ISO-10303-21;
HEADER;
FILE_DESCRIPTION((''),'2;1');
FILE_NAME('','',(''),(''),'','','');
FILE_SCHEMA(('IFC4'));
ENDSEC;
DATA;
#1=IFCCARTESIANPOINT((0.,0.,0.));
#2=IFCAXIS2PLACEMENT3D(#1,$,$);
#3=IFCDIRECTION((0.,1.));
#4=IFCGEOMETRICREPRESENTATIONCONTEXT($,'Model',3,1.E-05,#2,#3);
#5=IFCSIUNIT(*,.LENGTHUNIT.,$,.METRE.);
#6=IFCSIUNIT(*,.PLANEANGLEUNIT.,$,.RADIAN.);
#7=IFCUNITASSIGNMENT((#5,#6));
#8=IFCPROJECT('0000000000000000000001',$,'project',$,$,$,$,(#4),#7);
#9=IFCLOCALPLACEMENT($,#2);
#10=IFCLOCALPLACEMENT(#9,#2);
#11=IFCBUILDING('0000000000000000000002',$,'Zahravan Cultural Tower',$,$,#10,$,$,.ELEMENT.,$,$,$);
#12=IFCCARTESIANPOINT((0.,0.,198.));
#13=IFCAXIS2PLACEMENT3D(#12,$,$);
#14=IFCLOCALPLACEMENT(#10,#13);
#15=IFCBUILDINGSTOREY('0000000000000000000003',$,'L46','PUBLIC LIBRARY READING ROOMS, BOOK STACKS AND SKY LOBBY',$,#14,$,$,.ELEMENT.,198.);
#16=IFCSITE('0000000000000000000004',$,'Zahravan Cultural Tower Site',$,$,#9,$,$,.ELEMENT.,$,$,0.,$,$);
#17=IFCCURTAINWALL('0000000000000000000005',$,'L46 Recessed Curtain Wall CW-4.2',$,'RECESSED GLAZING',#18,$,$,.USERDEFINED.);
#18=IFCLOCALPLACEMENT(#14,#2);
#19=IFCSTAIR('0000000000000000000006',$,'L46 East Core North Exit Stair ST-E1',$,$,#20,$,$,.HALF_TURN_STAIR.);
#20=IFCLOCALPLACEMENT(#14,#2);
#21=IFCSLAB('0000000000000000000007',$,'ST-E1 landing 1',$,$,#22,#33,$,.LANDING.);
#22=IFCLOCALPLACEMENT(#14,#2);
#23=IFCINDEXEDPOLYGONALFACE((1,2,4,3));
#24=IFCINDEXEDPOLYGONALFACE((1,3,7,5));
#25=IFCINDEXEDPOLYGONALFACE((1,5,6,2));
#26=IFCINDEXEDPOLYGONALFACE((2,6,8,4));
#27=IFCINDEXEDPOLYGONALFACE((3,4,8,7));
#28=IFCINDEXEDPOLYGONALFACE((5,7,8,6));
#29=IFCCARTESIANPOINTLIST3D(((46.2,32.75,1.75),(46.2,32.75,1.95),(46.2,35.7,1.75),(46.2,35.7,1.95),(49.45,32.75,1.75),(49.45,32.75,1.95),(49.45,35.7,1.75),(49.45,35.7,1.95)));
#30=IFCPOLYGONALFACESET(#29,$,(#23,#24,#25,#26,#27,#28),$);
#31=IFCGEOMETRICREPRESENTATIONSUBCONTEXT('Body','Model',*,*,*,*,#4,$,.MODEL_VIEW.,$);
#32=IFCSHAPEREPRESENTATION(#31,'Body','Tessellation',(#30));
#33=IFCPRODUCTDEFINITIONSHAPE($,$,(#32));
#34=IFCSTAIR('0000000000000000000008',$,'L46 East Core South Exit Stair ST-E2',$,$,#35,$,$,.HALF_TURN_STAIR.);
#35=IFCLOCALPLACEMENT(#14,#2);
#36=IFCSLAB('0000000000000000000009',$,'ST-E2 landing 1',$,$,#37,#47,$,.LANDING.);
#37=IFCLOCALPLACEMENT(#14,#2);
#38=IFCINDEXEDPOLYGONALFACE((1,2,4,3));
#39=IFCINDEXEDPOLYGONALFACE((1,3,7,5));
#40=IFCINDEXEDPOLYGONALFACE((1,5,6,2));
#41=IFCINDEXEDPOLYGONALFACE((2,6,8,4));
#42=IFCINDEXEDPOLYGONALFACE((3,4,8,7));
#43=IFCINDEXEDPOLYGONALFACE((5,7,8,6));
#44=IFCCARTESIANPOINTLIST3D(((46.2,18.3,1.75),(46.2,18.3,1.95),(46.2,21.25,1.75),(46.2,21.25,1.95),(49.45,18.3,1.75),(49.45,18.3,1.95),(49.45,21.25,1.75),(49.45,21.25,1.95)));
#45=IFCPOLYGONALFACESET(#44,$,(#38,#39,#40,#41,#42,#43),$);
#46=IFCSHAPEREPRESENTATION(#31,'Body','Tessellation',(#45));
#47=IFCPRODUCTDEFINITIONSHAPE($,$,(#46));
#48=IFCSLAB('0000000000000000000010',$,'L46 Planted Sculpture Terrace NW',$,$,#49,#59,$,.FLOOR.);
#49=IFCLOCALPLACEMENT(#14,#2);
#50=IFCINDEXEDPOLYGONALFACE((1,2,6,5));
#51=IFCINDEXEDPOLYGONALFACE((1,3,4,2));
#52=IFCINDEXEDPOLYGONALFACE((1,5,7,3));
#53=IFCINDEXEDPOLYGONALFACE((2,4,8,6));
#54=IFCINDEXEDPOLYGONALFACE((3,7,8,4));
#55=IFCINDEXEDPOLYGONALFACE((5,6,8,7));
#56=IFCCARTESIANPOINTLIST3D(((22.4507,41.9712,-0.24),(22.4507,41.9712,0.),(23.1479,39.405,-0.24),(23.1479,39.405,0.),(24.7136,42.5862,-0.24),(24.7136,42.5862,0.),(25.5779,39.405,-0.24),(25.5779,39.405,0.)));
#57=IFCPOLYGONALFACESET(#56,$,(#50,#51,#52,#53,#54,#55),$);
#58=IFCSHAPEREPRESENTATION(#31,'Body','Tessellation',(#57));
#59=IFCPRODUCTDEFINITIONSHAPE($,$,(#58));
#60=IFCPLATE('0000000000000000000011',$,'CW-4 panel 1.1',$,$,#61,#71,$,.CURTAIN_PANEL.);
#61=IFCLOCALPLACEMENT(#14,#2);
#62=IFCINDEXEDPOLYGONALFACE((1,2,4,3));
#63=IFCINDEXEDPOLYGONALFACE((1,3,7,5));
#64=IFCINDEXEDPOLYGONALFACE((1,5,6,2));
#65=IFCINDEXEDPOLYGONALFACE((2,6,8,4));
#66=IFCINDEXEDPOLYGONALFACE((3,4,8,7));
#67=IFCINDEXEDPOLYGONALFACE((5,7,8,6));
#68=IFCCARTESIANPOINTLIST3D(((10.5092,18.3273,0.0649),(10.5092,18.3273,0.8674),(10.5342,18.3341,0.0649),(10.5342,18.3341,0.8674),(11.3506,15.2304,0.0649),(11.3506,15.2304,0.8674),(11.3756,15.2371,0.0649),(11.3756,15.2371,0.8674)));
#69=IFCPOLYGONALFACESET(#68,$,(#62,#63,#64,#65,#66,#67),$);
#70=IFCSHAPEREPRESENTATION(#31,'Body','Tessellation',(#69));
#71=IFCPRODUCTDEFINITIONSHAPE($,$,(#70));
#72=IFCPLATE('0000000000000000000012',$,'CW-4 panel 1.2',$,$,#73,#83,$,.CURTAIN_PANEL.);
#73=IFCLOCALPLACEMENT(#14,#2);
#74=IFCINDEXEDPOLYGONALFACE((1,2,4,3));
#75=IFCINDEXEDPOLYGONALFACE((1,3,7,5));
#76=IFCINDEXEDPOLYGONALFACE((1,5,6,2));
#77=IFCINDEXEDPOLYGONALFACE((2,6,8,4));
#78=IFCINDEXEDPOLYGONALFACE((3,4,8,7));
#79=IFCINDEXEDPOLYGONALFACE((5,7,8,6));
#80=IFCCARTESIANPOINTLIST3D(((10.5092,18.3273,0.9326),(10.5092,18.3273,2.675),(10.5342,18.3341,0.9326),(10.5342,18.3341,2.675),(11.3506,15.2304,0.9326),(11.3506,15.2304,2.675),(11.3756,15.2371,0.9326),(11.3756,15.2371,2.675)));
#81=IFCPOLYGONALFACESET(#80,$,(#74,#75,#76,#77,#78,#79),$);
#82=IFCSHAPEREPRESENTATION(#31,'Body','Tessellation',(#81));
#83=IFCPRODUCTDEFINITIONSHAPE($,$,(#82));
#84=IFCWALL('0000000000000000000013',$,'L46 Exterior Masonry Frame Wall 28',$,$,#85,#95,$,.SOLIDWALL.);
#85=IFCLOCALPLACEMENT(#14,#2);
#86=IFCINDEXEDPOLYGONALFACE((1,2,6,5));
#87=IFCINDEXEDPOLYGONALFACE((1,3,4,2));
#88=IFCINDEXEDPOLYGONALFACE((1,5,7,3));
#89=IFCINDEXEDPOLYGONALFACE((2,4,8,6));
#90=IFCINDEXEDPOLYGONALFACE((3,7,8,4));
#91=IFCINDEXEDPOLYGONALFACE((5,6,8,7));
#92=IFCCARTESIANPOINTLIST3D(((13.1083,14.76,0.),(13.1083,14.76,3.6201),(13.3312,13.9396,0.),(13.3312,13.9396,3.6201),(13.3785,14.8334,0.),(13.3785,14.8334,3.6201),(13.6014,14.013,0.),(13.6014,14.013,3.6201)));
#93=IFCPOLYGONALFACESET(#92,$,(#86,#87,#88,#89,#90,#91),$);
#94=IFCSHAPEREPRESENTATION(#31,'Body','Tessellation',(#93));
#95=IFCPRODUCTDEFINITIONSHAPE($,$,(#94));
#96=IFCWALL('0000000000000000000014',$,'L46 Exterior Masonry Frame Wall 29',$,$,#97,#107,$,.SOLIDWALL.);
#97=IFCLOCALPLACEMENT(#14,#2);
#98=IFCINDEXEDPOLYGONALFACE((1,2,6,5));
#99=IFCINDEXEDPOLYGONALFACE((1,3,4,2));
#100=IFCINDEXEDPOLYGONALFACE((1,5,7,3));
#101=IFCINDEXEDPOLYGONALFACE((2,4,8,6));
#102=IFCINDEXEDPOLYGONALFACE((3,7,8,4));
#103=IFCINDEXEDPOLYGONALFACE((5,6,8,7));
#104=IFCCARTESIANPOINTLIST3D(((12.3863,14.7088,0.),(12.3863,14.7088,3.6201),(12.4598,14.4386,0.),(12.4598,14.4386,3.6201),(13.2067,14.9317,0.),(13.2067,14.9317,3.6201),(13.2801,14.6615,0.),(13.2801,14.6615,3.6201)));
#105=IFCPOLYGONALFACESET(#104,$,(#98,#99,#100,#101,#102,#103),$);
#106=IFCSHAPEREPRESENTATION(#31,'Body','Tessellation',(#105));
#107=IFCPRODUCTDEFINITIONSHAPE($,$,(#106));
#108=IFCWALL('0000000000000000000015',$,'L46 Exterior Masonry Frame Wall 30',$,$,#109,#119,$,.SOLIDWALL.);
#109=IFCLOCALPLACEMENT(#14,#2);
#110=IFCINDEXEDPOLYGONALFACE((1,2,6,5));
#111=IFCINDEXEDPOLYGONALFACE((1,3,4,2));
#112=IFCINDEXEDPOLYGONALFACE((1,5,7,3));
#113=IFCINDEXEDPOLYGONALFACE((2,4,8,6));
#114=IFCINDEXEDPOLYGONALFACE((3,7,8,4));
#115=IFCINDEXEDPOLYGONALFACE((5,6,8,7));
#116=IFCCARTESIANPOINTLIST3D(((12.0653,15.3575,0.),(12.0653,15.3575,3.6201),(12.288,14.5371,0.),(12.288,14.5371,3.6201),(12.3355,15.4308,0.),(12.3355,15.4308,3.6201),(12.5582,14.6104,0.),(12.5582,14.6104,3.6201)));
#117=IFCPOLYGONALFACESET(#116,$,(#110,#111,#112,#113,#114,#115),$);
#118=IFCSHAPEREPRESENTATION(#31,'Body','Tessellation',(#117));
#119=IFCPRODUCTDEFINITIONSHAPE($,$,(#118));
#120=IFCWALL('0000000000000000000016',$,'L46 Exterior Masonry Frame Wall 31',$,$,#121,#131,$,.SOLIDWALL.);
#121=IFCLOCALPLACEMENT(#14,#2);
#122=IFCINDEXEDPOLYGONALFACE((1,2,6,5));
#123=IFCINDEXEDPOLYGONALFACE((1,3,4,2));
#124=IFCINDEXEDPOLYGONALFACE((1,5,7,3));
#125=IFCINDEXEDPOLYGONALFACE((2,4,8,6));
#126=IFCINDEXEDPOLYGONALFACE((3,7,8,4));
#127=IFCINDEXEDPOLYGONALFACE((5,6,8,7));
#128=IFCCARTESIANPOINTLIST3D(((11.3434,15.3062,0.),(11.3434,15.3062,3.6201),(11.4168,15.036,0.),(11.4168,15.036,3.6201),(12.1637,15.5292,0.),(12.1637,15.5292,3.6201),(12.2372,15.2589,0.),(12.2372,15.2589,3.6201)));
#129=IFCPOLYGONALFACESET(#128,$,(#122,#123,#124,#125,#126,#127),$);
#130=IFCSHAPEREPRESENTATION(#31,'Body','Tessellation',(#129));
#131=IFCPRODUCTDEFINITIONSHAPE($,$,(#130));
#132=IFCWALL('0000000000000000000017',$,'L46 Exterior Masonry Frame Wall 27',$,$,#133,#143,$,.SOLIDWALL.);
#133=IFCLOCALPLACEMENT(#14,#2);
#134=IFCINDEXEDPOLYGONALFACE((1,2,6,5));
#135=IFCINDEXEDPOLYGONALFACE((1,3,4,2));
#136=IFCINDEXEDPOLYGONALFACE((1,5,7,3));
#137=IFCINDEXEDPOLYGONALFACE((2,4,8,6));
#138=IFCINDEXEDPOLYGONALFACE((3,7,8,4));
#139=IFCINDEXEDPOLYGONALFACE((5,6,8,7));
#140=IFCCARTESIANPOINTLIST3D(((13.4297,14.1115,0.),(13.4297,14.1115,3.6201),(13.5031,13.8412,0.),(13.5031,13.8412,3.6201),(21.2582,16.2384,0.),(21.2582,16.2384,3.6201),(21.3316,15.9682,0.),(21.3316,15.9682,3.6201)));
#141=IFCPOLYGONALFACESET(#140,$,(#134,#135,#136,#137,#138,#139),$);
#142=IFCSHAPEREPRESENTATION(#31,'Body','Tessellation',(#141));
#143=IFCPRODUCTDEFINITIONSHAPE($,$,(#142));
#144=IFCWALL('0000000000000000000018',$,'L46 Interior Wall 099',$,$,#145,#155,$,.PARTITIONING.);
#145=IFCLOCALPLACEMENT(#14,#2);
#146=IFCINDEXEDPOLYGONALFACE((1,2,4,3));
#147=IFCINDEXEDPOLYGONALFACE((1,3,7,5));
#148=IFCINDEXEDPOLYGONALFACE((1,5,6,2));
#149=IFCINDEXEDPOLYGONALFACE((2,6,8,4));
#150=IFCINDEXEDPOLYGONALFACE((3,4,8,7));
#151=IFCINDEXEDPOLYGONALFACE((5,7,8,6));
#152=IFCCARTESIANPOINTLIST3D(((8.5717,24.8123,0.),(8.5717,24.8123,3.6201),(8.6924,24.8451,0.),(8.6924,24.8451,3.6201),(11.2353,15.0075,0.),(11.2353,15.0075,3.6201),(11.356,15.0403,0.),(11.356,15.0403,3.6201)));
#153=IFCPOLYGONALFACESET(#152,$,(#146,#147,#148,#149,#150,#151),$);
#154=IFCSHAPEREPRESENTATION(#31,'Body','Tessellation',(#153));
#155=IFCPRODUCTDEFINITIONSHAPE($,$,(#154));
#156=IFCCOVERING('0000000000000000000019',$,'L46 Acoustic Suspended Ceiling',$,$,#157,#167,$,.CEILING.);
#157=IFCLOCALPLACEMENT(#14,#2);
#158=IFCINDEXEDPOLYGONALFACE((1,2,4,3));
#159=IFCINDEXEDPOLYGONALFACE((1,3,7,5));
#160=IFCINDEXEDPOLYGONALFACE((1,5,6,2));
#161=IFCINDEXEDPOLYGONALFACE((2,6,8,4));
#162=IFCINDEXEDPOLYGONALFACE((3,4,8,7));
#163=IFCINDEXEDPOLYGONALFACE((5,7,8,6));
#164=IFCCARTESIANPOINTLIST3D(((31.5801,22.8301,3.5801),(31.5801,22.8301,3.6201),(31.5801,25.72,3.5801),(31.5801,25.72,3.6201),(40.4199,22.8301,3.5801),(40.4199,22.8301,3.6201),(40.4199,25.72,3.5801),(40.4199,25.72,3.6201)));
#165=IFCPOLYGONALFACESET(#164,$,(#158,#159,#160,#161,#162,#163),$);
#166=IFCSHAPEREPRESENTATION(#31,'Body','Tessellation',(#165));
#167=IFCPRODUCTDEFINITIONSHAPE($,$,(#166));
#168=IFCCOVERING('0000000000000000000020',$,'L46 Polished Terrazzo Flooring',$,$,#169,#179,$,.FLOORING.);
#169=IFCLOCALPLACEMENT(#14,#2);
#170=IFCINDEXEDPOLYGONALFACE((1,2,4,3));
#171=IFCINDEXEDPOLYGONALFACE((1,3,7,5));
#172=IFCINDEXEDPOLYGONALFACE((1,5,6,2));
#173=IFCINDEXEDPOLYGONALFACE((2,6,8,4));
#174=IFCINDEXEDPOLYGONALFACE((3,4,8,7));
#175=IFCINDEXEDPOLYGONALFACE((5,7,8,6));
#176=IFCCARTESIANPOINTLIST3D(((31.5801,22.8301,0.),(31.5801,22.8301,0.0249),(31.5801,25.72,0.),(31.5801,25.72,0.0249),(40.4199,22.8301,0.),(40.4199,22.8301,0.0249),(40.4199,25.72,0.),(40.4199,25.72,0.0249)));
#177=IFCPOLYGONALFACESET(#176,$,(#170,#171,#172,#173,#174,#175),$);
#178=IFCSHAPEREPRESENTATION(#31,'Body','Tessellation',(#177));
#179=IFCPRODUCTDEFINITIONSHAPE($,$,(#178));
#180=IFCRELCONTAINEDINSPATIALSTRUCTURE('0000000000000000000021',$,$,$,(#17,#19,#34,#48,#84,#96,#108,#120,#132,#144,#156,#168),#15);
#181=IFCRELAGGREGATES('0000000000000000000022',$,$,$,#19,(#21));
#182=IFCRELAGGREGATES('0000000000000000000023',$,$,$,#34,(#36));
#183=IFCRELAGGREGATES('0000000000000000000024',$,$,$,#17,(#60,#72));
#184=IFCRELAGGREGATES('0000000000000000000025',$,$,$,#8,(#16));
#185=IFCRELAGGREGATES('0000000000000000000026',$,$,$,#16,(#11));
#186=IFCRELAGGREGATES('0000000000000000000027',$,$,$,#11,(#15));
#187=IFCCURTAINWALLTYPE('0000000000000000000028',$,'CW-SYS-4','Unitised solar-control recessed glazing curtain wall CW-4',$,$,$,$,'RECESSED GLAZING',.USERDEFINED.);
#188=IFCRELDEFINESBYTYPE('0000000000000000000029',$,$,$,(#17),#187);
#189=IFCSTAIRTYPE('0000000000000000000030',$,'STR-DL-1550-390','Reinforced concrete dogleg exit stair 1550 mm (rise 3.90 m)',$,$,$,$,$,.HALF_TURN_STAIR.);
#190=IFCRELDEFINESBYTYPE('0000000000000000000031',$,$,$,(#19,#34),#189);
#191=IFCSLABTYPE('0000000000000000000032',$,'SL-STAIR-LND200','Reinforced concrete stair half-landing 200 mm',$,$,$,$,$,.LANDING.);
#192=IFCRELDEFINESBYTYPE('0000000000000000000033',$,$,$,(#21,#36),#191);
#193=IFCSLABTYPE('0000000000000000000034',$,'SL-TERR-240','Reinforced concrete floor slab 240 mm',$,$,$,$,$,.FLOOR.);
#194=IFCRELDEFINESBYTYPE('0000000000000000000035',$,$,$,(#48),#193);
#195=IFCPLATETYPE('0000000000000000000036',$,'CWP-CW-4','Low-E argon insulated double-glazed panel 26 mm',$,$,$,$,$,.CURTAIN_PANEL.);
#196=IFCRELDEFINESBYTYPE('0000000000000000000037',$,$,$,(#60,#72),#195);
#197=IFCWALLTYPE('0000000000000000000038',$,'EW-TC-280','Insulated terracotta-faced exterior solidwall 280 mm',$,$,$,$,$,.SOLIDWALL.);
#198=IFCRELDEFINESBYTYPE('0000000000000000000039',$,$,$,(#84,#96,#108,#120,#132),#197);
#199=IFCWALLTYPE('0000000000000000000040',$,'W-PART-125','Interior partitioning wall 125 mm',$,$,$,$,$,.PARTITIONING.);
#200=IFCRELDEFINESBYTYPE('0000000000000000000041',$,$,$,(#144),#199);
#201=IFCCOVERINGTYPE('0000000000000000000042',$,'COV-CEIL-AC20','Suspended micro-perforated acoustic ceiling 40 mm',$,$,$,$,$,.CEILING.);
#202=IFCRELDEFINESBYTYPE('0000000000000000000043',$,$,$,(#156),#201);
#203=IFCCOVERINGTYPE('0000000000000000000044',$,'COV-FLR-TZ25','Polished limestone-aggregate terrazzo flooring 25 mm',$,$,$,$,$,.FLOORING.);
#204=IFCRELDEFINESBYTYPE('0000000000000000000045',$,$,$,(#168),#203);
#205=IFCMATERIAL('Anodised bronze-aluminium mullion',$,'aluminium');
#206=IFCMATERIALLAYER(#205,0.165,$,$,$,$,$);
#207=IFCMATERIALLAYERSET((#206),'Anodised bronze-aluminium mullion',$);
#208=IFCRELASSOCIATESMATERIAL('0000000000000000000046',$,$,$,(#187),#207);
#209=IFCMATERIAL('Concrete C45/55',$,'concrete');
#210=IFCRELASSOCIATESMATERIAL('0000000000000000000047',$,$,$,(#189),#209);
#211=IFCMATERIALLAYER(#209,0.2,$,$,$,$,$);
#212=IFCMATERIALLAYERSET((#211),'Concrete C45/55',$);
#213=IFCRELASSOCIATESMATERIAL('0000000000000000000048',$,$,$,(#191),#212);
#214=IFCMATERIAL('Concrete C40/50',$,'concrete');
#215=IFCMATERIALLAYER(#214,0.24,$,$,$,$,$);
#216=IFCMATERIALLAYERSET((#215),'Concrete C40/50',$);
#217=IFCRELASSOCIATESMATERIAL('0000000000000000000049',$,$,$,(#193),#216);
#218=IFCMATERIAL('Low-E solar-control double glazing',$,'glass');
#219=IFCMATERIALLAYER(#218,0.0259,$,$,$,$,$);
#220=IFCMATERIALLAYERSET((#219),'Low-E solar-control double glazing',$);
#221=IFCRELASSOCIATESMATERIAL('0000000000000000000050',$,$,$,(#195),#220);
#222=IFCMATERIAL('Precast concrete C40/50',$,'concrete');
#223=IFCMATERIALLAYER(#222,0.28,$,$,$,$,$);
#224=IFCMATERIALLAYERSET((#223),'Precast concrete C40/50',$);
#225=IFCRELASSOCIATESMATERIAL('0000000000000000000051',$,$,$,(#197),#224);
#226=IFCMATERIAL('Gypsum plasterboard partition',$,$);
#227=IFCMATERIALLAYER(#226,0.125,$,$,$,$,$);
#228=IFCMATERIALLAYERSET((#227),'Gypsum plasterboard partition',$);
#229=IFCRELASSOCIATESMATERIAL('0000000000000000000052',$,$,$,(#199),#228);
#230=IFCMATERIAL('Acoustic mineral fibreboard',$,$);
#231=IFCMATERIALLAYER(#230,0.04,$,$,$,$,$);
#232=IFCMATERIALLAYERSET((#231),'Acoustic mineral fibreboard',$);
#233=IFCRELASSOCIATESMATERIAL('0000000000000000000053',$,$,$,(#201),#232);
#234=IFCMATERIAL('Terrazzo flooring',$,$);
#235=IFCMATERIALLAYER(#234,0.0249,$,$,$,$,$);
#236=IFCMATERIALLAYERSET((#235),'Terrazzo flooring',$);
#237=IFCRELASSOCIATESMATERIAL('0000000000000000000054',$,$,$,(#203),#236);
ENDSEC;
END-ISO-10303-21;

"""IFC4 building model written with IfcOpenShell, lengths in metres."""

from ifc_helpers import new_model, si_unit, direction, frame, frame_2d, origin, origin_2d, place, context, subcontext, project, spatial, polyline, rectangle, outline, extrude, source, transform, mapped, material, layer, layer_set, type_object, element, aggregate, save


model = new_model("IFC4")

# Units and contexts
model_context = context("Model", 3, precision=1e-05, world=origin(), true_north=direction((0.0, 1.0)))
body_context = subcontext(model_context, "Body", "Model", "MODEL_VIEW")
ifc_project = project(units=[si_unit("LENGTHUNIT", "METRE"), si_unit("PLANEANGLEUNIT", "RADIAN")], contexts=[model_context])

# Site, building, storey
site_placement = place(None, origin())
site = spatial("IfcSite", under=ifc_project, at=site_placement, Name="Zahravan Cultural Tower Site", CompositionType="ELEMENT", RefElevation=0.0)
building_placement = place(site_placement, origin())
building = spatial("IfcBuilding", under=site, at=building_placement, Name="Zahravan Cultural Tower", CompositionType="ELEMENT")
storey_placement = place(building_placement, frame((0.0, 0.0, 198.0)))
storey = spatial("IfcBuildingStorey", under=building, at=storey_placement, Name="L46", Description="PUBLIC LIBRARY READING ROOMS, BOOK STACKS AND SKY LOBBY", CompositionType="ELEMENT", Elevation=198.0)

# Curtain wall
ifc_material_1 = material(Name="Anodised bronze-aluminium mullion", Category="aluminium")
ifc_layer_1 = layer(ifc_material_1, 0.165)
ifc_layer_set_1 = layer_set([ifc_layer_1], Name="Anodised bronze-aluminium mullion")
curtain_wall_type = type_object("IfcCurtainWallType", Name="CW-SYS-4", Description="Unitised solar-control recessed glazing curtain wall CW-4", ElementType="RECESSED GLAZING", PredefinedType="USERDEFINED", material=ifc_layer_set_1)
curtain_wall_placement = place(storey_placement, origin())
curtain_wall = element("IfcCurtainWall", 1, at=curtain_wall_placement, inside=storey, type_object=curtain_wall_type, Name="L46 Recessed Curtain Wall CW-4.2", ObjectType="RECESSED GLAZING", PredefinedType="USERDEFINED")

# Shared definitions
ifc_material_2 = material(Name="Concrete C45/55", Category="concrete")

# Stairs, slabs
stair_type = type_object("IfcStairType", Name="STR-DL-1550-390", Description="Reinforced concrete dogleg exit stair 1550 mm (rise 3.90 m)", PredefinedType="HALF_TURN_STAIR", material=ifc_material_2)
ifc_layer_2 = layer(ifc_material_2, 0.2)
ifc_layer_set_2 = layer_set([ifc_layer_2], Name="Concrete C45/55")
slab_type_1 = type_object("IfcSlabType", Name="SL-STAIR-LND200", Description="Reinforced concrete stair half-landing 200 mm", PredefinedType="LANDING", material=ifc_layer_set_2)
stair_1_placement = place(storey_placement, origin())
stair_1 = element("IfcStair", 2, at=stair_1_placement, inside=storey, type_object=stair_type, Name="L46 East Core North Exit Stair ST-E1", PredefinedType="HALF_TURN_STAIR")
slab_1_placement = place(storey_placement, frame((0.0, 0.0, 1.75)))
slab_1 = element("IfcSlab", 3, at=slab_1_placement, type_object=slab_type_1, Name="ST-E1 landing 1", PredefinedType="LANDING", context=body_context, shape_type="SweptSolid", body=[
    extrude(outline(polyline([(49.45, 32.75), (49.45, 35.7), (46.2, 35.7), (46.2, 32.75), (49.45, 32.75)])), origin(), (0.0, 0.0, 1.0), 0.2),
])
aggregate(stair_1, [slab_1])
stair_2_placement = place(storey_placement, origin())
stair_2 = element("IfcStair", 4, at=stair_2_placement, inside=storey, type_object=stair_type, Name="L46 East Core South Exit Stair ST-E2", PredefinedType="HALF_TURN_STAIR")
slab_2_placement = place(storey_placement, frame((0.0, 0.0, 1.75)))
slab_2 = element("IfcSlab", 5, at=slab_2_placement, type_object=slab_type_1, Name="ST-E2 landing 1", PredefinedType="LANDING", context=body_context, shape_type="SweptSolid", body=[
    extrude(outline(polyline([(46.2, 21.25), (46.2, 18.3), (49.45, 18.3), (49.45, 21.25), (46.2, 21.25)])), origin(), (0.0, 0.0, 1.0), 0.2),
])
aggregate(stair_2, [slab_2])

# Slab
ifc_material_3 = material(Name="Concrete C40/50", Category="concrete")
ifc_layer_3 = layer(ifc_material_3, 0.24)
ifc_layer_set_3 = layer_set([ifc_layer_3], Name="Concrete C40/50")
slab_type_2 = type_object("IfcSlabType", Name="SL-TERR-240", Description="Reinforced concrete floor slab 240 mm", PredefinedType="FLOOR", material=ifc_layer_set_3)
slab_3_placement = place(storey_placement, frame((0.0, 0.0, -0.24)))
element("IfcSlab", 6, at=slab_3_placement, inside=storey, type_object=slab_type_2, Name="L46 Planted Sculpture Terrace NW", PredefinedType="FLOOR", context=body_context, shape_type="SweptSolid", body=[
    extrude(outline(polyline([(22.4507, 41.9712), (23.1479, 39.405), (25.5779, 39.405), (24.7136, 42.5862), (22.4507, 41.9712)])), origin(), (0.0, 0.0, 1.0), 0.24),
])

# Plates
ifc_material_4 = material(Name="Low-E solar-control double glazing", Category="glass")
ifc_layer_4 = layer(ifc_material_4, 0.0259)
ifc_layer_set_4 = layer_set([ifc_layer_4], Name="Low-E solar-control double glazing")
plate_type = type_object("IfcPlateType", Name="CWP-CW-4", Description="Low-E argon insulated double-glazed panel 26 mm", PredefinedType="CURTAIN_PANEL", material=ifc_layer_set_4)
shared_shape_1 = source(origin(), body_context, "Body", "SweptSolid", [
    extrude(rectangle(XDim=3.2092, YDim=0.0259, at=origin_2d()), origin(), (0.0, 0.0, 1.0), 0.8025),
])
plate_1_placement = place(storey_placement, frame((10.9424, 16.7822, 0.0649), z_axis=(0.0, 0.0, 1.0), x_axis=(-0.262187, 0.965017, 0.0)))
plate_1 = element("IfcPlate", 7, at=plate_1_placement, type_object=plate_type, Name="CW-4 panel 1.1", PredefinedType="CURTAIN_PANEL", context=body_context, shape_type="MappedRepresentation", body=[
    mapped(shared_shape_1, transform((0.0, 0.0, 0.0), x_axis=(1.0, 0.0, 0.0), y_axis=(0.0, 1.0, 0.0), z_axis=(0.0, 0.0, 1.0), scale=1.0)),
])
shared_shape_2 = source(origin(), body_context, "Body", "SweptSolid", [
    extrude(rectangle(XDim=3.2092, YDim=0.0259, at=origin_2d()), origin(), (0.0, 0.0, 1.0), 1.7424),
])
plate_2_placement = place(storey_placement, frame((10.9424, 16.7822, 0.9326), z_axis=(0.0, 0.0, 1.0), x_axis=(-0.262187, 0.965017, 0.0)))
plate_2 = element("IfcPlate", 8, at=plate_2_placement, type_object=plate_type, Name="CW-4 panel 1.2", PredefinedType="CURTAIN_PANEL", context=body_context, shape_type="MappedRepresentation", body=[
    mapped(shared_shape_2, transform((0.0, 0.0, 0.0), x_axis=(1.0, 0.0, 0.0), y_axis=(0.0, 1.0, 0.0), z_axis=(0.0, 0.0, 1.0), scale=1.0)),
])
aggregate(curtain_wall, [plate_1, plate_2])

# Walls
ifc_material_5 = material(Name="Precast concrete C40/50", Category="concrete")
ifc_layer_5 = layer(ifc_material_5, 0.28)
ifc_layer_set_5 = layer_set([ifc_layer_5], Name="Precast concrete C40/50")
wall_type_1 = type_object("IfcWallType", Name="EW-TC-280", Description="Insulated terracotta-faced exterior solidwall 280 mm", PredefinedType="SOLIDWALL", material=ifc_layer_set_5)
shared_shape_3 = source(origin(), body_context, "Body", "SweptSolid", [
    extrude(rectangle(XDim=0.8501, YDim=0.28, at=frame_2d((0.425, 0.0))), origin(), (0.0, 0.0, 1.0), 3.6201),
])
for number, where, z_axis, x_axis, name in (
    (9, (13.4663, 13.9763, 0.0), (0.0, 0.0, 1.0), (-0.262218, 0.965009, 0.0), "L46 Exterior Masonry Frame Wall 28"),
    (10, (13.2434, 14.7966, 0.0), (0.0, 0.0, 1.0), (-0.965009, -0.262218, 0.0), "L46 Exterior Masonry Frame Wall 29"),
    (11, (12.4231, 14.5737, 0.0), (0.0, 0.0, 1.0), (-0.261951, 0.965081, 0.0), "L46 Exterior Masonry Frame Wall 30"),
    (12, (12.2004, 15.394, 0.0), (0.0, 0.0, 1.0), (-0.965009, -0.262218, 0.0), "L46 Exterior Masonry Frame Wall 31"),
):
    element("IfcWall", number, at=place(storey_placement, frame(where, z_axis=z_axis, x_axis=x_axis)), inside=storey, type_object=wall_type_1, Name=name, PredefinedType="SOLIDWALL", context=body_context, shape_type="MappedRepresentation", body=[
        mapped(shared_shape_3, transform((0.0, 0.0, 0.0), x_axis=(1.0, 0.0, 0.0), y_axis=(0.0, 1.0, 0.0), z_axis=(0.0, 0.0, 1.0), scale=1.0)),
    ])
shared_shape_4 = source(origin(), body_context, "Body", "SweptSolid", [
    extrude(rectangle(XDim=8.1123, YDim=0.28, at=frame_2d((4.0562, 0.0))), origin(), (0.0, 0.0, 1.0), 3.6201),
])
wall_1_placement = place(storey_placement, frame((21.2949, 16.1033, 0.0), z_axis=(0.0, 0.0, 1.0), x_axis=(-0.965018, -0.262185, 0.0)))
element("IfcWall", 13, at=wall_1_placement, inside=storey, type_object=wall_type_1, Name="L46 Exterior Masonry Frame Wall 27", PredefinedType="SOLIDWALL", context=body_context, shape_type="MappedRepresentation", body=[
    mapped(shared_shape_4, transform((0.0, 0.0, 0.0), x_axis=(1.0, 0.0, 0.0), y_axis=(0.0, 1.0, 0.0), z_axis=(0.0, 0.0, 1.0), scale=1.0)),
])
ifc_material_6 = material(Name="Gypsum plasterboard partition")
ifc_layer_6 = layer(ifc_material_6, 0.125)
ifc_layer_set_6 = layer_set([ifc_layer_6], Name="Gypsum plasterboard partition")
wall_type_2 = type_object("IfcWallType", Name="W-PART-125", Description="Interior partitioning wall 125 mm", PredefinedType="PARTITIONING", material=ifc_layer_set_6)
shared_shape_5 = source(origin(), body_context, "Body", "SweptSolid", [
    extrude(rectangle(XDim=10.1602, YDim=0.125, at=frame_2d((5.0801, 0.0))), origin(), (0.0, 0.0, 1.0), 3.6201),
])
wall_2_placement = place(storey_placement, frame((11.2957, 15.0239, 0.0), z_axis=(0.0, 0.0, 1.0), x_axis=(-0.262162, 0.965024, 0.0)))
element("IfcWall", 14, at=wall_2_placement, inside=storey, type_object=wall_type_2, Name="L46 Interior Wall 099", PredefinedType="PARTITIONING", context=body_context, shape_type="MappedRepresentation", body=[
    mapped(shared_shape_5, transform((0.0, 0.0, 0.0), x_axis=(1.0, 0.0, 0.0), y_axis=(0.0, 1.0, 0.0), z_axis=(0.0, 0.0, 1.0), scale=1.0)),
])

# Coverings
ifc_material_7 = material(Name="Acoustic mineral fibreboard")
ifc_layer_7 = layer(ifc_material_7, 0.04)
ifc_layer_set_7 = layer_set([ifc_layer_7], Name="Acoustic mineral fibreboard")
covering_type_1 = type_object("IfcCoveringType", Name="COV-CEIL-AC20", Description="Suspended micro-perforated acoustic ceiling 40 mm", PredefinedType="CEILING", material=ifc_layer_set_7)
covering_1_placement = place(storey_placement, frame((0.0, 0.0, 3.5801)))
element("IfcCovering", 15, at=covering_1_placement, inside=storey, type_object=covering_type_1, Name="L46 Acoustic Suspended Ceiling", PredefinedType="CEILING", context=body_context, shape_type="SweptSolid", body=[
    extrude(outline(polyline([(40.4199, 25.72), (31.5801, 25.72), (31.5801, 22.8301), (40.4199, 22.8301), (40.4199, 25.72)])), origin(), (0.0, 0.0, 1.0), 0.04),
])
ifc_material_8 = material(Name="Terrazzo flooring")
ifc_layer_8 = layer(ifc_material_8, 0.0249)
ifc_layer_set_8 = layer_set([ifc_layer_8], Name="Terrazzo flooring")
covering_type_2 = type_object("IfcCoveringType", Name="COV-FLR-TZ25", Description="Polished limestone-aggregate terrazzo flooring 25 mm", PredefinedType="FLOORING", material=ifc_layer_set_8)
covering_2_placement = place(storey_placement, origin())
element("IfcCovering", 16, at=covering_2_placement, inside=storey, type_object=covering_type_2, Name="L46 Polished Terrazzo Flooring", PredefinedType="FLOORING", context=body_context, shape_type="SweptSolid", body=[
    extrude(outline(polyline([(40.4199, 25.72), (31.5801, 25.72), (31.5801, 22.8301), (40.4199, 22.8301), (40.4199, 25.72)])), origin(), (0.0, 0.0, 1.0), 0.0249),
])

save(model, "model.ifc")
